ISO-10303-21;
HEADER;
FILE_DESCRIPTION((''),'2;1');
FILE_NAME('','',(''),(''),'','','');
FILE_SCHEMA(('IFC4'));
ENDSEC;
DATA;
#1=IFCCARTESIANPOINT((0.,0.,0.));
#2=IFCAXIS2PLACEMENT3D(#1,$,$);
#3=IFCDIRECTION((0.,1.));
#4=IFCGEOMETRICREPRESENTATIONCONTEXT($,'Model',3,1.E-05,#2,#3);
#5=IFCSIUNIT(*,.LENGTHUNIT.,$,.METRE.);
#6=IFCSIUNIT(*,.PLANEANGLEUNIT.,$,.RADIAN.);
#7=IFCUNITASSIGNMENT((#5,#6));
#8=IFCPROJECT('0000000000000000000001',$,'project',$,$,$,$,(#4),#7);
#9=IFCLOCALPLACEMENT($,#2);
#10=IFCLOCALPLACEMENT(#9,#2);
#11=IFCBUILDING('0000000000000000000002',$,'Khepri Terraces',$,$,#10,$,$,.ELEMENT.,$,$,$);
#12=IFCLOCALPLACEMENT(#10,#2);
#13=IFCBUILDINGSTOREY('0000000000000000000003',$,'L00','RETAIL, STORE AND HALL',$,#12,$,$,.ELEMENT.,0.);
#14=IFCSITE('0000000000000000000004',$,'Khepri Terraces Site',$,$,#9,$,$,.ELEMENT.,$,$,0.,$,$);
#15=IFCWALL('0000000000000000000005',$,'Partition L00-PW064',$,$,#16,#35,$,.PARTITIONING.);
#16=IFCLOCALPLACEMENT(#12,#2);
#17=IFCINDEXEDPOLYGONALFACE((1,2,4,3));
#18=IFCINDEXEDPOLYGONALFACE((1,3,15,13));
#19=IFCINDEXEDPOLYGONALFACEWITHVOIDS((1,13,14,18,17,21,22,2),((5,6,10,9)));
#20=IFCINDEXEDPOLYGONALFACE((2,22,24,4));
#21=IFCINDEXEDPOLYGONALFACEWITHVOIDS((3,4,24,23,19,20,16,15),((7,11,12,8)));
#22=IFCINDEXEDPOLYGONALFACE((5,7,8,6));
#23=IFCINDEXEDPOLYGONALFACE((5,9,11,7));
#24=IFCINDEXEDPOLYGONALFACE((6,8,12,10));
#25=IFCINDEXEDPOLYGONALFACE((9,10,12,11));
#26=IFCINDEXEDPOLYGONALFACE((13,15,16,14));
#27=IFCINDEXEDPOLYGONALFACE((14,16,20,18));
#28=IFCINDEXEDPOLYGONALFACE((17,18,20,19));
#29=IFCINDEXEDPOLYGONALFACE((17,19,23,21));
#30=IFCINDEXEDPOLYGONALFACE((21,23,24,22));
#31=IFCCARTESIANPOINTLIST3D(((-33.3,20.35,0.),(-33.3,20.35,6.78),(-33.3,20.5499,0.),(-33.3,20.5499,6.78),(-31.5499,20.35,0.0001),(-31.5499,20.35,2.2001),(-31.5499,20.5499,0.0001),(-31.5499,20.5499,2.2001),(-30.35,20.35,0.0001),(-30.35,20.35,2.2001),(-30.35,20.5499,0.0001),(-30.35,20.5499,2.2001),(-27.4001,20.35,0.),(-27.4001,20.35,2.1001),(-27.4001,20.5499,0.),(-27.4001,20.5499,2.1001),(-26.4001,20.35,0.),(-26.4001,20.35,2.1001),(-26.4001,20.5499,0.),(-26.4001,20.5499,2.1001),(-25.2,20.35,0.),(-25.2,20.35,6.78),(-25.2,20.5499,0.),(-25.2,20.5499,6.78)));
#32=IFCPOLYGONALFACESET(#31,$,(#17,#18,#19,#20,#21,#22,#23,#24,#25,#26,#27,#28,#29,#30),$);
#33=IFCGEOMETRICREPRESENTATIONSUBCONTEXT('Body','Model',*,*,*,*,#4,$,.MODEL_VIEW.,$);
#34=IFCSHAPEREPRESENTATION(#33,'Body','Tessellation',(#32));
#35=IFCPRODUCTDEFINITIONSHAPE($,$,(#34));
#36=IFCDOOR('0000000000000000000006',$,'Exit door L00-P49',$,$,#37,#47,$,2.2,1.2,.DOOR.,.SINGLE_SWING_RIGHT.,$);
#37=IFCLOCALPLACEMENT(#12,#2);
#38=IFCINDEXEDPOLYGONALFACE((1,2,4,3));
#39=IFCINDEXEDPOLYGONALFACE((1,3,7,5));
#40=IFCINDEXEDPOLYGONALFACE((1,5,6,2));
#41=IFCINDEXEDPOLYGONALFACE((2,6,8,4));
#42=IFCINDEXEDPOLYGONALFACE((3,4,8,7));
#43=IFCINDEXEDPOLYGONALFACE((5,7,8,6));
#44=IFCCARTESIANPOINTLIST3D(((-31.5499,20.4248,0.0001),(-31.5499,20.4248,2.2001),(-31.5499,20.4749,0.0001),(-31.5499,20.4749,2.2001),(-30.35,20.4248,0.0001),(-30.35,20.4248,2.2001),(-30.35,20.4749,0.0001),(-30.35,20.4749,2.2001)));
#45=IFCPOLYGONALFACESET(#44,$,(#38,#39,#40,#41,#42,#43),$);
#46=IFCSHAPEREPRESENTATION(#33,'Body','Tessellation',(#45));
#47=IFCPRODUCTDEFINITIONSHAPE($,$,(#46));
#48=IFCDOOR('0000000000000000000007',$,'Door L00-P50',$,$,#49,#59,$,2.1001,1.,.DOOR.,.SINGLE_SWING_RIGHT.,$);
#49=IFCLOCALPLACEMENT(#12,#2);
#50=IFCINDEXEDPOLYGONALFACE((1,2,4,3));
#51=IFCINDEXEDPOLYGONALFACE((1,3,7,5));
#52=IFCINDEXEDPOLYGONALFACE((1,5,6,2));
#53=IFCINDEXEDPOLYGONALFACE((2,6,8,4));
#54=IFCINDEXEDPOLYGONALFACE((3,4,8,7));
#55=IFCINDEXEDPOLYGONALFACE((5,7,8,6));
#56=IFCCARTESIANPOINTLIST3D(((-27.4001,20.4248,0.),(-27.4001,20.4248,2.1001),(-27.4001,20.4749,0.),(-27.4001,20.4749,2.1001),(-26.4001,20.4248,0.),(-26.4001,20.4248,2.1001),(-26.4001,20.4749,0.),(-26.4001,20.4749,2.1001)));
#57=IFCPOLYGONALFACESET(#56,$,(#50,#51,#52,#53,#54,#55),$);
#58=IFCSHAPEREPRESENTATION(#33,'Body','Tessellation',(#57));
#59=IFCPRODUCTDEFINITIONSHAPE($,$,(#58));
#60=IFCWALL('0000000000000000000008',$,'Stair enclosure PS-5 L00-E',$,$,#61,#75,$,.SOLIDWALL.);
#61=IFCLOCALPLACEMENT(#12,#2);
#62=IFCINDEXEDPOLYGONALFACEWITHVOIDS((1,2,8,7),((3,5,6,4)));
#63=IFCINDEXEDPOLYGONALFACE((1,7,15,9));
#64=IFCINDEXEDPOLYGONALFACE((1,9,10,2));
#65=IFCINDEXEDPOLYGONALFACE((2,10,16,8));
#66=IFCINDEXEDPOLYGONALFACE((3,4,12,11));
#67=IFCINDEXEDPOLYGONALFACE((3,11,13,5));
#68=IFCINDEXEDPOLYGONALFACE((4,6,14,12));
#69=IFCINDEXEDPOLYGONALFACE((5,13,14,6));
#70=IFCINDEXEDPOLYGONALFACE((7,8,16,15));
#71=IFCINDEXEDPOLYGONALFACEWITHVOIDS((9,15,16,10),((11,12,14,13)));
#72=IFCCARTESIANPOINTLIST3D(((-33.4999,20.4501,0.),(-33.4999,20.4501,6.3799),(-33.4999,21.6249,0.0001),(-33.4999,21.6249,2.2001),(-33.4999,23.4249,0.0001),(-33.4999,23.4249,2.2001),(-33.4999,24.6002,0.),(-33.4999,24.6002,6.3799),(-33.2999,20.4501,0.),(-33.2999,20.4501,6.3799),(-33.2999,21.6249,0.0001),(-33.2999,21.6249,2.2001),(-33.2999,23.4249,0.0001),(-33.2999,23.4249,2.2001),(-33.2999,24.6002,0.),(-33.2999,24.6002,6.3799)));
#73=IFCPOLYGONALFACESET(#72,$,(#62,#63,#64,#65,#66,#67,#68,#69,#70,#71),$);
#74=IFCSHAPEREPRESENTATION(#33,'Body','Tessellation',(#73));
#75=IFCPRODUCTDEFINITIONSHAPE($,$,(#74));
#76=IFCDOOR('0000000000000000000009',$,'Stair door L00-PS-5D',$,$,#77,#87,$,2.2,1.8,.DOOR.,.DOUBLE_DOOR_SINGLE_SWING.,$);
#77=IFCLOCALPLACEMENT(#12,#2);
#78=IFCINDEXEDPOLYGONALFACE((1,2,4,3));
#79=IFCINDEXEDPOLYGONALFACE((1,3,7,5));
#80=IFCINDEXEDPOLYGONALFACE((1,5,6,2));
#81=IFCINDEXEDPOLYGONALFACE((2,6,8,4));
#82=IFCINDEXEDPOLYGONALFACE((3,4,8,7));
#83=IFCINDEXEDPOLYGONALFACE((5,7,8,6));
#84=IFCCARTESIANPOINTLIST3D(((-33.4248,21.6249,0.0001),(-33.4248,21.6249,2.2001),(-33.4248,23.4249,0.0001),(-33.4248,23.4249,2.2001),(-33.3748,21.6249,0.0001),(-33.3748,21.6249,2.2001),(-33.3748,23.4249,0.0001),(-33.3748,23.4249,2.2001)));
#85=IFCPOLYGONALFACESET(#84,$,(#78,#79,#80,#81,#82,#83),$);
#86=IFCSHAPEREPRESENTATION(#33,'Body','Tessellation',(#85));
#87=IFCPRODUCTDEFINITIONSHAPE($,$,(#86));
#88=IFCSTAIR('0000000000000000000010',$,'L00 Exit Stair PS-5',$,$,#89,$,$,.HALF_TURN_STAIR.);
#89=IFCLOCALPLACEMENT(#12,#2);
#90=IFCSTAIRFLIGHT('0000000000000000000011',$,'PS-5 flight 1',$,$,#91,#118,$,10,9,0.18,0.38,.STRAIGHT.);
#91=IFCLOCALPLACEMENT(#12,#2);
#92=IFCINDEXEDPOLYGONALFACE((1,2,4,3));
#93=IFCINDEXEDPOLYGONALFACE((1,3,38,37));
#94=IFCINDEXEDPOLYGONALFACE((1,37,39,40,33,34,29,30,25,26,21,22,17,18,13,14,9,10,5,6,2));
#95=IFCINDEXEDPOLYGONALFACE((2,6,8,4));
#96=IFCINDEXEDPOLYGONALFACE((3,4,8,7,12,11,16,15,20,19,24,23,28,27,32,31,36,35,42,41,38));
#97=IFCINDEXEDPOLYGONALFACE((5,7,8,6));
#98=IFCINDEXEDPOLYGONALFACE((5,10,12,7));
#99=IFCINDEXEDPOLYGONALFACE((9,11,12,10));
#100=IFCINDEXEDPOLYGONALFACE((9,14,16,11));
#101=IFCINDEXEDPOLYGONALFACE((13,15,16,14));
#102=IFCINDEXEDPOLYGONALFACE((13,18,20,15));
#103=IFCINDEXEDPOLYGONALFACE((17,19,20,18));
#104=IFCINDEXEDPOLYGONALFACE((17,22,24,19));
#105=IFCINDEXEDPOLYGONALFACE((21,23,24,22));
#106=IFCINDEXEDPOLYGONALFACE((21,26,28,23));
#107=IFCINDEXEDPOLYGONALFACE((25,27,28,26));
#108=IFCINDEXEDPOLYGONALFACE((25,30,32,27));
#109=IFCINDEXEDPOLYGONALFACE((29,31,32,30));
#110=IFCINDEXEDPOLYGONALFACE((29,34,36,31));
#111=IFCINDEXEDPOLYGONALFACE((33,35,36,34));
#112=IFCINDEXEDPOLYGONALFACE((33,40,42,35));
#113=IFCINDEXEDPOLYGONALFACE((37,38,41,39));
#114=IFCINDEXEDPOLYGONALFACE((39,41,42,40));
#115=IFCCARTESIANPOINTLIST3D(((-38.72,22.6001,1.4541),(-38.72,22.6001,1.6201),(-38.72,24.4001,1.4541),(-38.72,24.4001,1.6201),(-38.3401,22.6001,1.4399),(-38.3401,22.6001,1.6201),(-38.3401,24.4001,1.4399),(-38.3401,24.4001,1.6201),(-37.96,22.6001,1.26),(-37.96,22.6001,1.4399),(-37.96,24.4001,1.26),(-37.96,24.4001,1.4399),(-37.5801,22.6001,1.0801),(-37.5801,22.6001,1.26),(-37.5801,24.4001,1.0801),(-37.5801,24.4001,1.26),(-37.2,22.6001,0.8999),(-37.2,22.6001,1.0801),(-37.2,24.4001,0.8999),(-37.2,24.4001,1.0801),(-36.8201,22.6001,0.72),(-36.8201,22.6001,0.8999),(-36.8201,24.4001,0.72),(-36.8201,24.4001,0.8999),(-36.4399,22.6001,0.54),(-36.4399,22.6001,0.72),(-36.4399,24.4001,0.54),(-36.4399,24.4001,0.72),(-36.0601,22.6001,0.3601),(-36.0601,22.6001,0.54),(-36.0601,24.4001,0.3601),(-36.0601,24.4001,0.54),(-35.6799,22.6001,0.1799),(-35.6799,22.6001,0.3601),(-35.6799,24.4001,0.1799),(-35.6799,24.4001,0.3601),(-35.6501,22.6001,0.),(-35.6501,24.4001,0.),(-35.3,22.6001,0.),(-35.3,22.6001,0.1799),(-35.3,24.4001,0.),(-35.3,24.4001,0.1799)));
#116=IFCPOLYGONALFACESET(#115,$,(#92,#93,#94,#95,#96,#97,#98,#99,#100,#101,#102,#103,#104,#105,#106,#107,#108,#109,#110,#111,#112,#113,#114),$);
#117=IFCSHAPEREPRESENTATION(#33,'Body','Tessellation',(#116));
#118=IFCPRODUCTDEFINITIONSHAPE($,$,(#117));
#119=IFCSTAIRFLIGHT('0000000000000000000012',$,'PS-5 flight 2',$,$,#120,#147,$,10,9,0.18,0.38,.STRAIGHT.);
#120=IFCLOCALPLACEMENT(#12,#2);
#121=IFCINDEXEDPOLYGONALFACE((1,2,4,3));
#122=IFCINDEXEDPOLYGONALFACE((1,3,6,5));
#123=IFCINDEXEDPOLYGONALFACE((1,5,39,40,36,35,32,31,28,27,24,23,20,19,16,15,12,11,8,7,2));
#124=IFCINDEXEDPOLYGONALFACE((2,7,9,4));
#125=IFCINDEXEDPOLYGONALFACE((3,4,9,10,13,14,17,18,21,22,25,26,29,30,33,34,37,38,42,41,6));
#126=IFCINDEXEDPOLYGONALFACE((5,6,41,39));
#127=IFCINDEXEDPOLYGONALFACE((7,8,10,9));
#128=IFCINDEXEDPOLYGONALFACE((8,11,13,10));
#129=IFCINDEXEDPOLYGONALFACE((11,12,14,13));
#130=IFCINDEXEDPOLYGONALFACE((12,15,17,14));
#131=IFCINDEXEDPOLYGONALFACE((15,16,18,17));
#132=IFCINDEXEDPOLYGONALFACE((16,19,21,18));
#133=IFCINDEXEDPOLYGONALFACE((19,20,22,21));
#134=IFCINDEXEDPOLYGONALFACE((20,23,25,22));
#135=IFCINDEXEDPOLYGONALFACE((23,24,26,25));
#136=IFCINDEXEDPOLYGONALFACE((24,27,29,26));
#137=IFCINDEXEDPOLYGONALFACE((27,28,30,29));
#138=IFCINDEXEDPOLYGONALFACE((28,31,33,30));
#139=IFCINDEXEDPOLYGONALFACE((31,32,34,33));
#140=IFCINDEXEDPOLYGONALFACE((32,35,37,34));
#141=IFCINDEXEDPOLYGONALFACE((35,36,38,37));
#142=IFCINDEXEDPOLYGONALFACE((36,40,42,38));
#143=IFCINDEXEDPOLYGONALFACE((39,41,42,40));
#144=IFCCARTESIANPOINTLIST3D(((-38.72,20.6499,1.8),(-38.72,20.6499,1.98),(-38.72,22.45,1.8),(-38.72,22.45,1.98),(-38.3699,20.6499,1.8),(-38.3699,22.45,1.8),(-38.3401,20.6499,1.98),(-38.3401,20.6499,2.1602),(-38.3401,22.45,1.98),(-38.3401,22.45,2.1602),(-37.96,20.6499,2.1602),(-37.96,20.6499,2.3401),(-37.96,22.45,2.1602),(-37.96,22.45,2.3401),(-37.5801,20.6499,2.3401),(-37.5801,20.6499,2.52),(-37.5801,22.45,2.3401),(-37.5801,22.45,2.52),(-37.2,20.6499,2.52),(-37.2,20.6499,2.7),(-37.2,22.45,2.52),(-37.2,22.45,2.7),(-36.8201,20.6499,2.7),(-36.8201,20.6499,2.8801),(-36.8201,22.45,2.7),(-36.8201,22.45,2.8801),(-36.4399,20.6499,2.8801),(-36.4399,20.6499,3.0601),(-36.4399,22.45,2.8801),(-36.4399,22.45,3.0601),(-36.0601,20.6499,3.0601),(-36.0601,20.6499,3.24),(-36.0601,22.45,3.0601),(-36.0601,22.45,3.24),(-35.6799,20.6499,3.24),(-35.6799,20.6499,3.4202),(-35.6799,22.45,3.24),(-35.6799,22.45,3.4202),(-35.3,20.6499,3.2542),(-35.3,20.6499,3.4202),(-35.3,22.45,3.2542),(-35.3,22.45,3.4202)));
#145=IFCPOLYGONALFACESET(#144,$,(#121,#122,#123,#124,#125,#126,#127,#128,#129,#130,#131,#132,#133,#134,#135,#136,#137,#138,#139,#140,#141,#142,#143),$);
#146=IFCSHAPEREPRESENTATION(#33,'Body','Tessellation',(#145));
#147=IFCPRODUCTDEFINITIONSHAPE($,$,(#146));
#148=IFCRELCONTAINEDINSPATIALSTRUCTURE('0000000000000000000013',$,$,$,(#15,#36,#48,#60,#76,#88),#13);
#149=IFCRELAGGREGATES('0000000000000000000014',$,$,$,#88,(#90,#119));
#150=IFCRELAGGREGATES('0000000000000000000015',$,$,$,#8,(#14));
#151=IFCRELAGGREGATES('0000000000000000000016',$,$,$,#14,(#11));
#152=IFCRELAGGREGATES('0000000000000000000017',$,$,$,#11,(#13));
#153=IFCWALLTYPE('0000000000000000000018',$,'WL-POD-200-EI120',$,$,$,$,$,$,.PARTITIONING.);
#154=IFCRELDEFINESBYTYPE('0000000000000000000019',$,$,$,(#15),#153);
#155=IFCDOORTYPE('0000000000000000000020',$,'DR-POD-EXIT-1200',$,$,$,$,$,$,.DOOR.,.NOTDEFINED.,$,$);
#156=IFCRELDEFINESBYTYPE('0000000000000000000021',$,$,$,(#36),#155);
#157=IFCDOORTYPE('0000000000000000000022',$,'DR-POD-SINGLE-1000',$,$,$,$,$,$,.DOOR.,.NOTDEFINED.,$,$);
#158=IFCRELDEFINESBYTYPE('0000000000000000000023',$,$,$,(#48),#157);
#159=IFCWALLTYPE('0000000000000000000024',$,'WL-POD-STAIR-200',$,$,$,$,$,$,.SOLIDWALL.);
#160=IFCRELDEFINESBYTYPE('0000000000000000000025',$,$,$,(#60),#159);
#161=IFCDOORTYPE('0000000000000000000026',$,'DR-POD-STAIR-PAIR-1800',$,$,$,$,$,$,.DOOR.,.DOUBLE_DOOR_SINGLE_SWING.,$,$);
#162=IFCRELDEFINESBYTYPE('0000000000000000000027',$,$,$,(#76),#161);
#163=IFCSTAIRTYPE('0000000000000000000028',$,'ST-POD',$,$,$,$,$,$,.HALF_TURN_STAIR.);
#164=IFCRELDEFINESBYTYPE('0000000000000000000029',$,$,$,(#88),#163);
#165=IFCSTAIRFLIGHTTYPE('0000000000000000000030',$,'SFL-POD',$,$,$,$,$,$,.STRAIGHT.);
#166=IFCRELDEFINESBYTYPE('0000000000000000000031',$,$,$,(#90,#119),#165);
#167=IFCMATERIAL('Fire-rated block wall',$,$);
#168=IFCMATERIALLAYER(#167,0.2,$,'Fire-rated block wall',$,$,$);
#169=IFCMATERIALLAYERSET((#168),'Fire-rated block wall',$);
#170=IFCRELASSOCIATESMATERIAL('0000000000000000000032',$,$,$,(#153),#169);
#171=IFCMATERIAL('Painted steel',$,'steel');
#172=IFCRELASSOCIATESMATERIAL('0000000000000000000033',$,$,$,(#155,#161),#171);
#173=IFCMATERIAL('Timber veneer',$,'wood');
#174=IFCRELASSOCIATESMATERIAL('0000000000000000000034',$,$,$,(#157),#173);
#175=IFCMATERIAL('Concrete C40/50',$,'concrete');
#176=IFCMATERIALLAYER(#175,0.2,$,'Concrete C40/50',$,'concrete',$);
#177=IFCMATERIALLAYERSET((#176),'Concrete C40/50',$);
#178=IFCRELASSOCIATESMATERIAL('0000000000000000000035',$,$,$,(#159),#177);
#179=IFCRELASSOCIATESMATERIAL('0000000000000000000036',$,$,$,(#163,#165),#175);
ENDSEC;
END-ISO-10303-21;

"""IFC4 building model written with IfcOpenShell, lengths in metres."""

from ifc_helpers import new_model, si_unit, direction, frame, frame_2d, origin, place, context, subcontext, project, spatial, polyline, rectangle, outline, extrude, material, layer, layer_set, type_object, element, fill, aggregate, save


model = new_model("IFC4")

# Units and contexts
model_context = context("Model", 3, precision=1e-05, world=origin(), true_north=direction((0.0, 1.0)))
body_context = subcontext(model_context, "Body", "Model", "MODEL_VIEW")
ifc_project = project(units=[si_unit("LENGTHUNIT", "METRE"), si_unit("PLANEANGLEUNIT", "RADIAN")], contexts=[model_context])

# Site, building, storey
site_placement = place(None, origin())
site = spatial("IfcSite", under=ifc_project, at=site_placement, Name="Khepri Terraces Site", CompositionType="ELEMENT", RefElevation=0.0)
building_placement = place(site_placement, origin())
building = spatial("IfcBuilding", under=site, at=building_placement, Name="Khepri Terraces", CompositionType="ELEMENT")
storey_placement = place(building_placement, origin())
storey = spatial("IfcBuildingStorey", under=building, at=storey_placement, Name="L00", Description="RETAIL, STORE AND HALL", CompositionType="ELEMENT", Elevation=0.0)

# Shared definitions
ifc_material_1 = material(Name="Fire-rated block wall")
ifc_layer_1 = layer(ifc_material_1, 0.2, Name="Fire-rated block wall")
ifc_layer_set_1 = layer_set([ifc_layer_1], Name="Fire-rated block wall")
wall_type_1 = type_object("IfcWallType", Name="WL-POD-200-EI120", PredefinedType="PARTITIONING", material=ifc_layer_set_1)

# Wall, openings, doors
wall_1_placement = place(storey_placement, frame((-33.3, 20.45, 0.0), z_axis=(0.0, 0.0, 1.0), x_axis=(1.0, 0.0, 0.0)))
wall_1 = element("IfcWall", 1, at=wall_1_placement, inside=storey, type_object=wall_type_1, Name="Partition L00-PW064", PredefinedType="PARTITIONING", context=body_context, shape_type="SweptSolid", body=[
    extrude(rectangle(XDim=8.1001, YDim=0.2, at=frame_2d((4.05, 0.0))), origin(), (0.0, 0.0, 1.0), 6.78),
])
opening_1_placement = place(wall_1_placement, frame((1.75, 0.0, 0.0)))
opening_1 = element("IfcOpeningElement", 2, at=opening_1_placement, cuts=wall_1, PredefinedType="OPENING", context=body_context, shape_type="SweptSolid", body=[
    extrude(rectangle(XDim=1.2, YDim=2.2, at=frame_2d((0.6001, 1.1001))), frame((0.0, 0.1099, 0.0), z_axis=(0.0, -1.0, 0.0), x_axis=(1.0, 0.0, 0.0)), (0.0, 0.0, 1.0), 0.22),
])
opening_2_placement = place(wall_1_placement, frame((5.8999, 0.0, 0.0)))
opening_2 = element("IfcOpeningElement", 3, at=opening_2_placement, cuts=wall_1, PredefinedType="OPENING", context=body_context, shape_type="SweptSolid", body=[
    extrude(rectangle(XDim=1.0, YDim=2.1001, at=frame_2d((0.5, 1.05))), frame((0.0, 0.1099, 0.0), z_axis=(0.0, -1.0, 0.0), x_axis=(1.0, 0.0, 0.0)), (0.0, 0.0, 1.0), 0.22),
])
ifc_material_2 = material(Name="Painted steel", Category="steel")
door_type_1 = type_object("IfcDoorType", Name="DR-POD-EXIT-1200", OperationType="NOTDEFINED", PredefinedType="DOOR", material=ifc_material_2)
door_1_placement = place(opening_1_placement, origin())
door_1 = element("IfcDoor", 4, at=door_1_placement, inside=storey, type_object=door_type_1, Name="Exit door L00-P49", OperationType="SINGLE_SWING_RIGHT", OverallHeight=2.2, OverallWidth=1.2, PredefinedType="DOOR", context=body_context, shape_type="SweptSolid", body=[
    extrude(rectangle(XDim=1.2, YDim=2.2, at=frame_2d((0.6001, 1.1001))), frame((0.0, 0.0249, 0.0), z_axis=(0.0, -1.0, 0.0), x_axis=(1.0, 0.0, 0.0)), (0.0, 0.0, 1.0), 0.05),
])
fill(opening_1, door_1)
ifc_material_3 = material(Name="Timber veneer", Category="wood")
door_type_2 = type_object("IfcDoorType", Name="DR-POD-SINGLE-1000", OperationType="NOTDEFINED", PredefinedType="DOOR", material=ifc_material_3)
door_2_placement = place(opening_2_placement, origin())
door_2 = element("IfcDoor", 5, at=door_2_placement, inside=storey, type_object=door_type_2, Name="Door L00-P50", OperationType="SINGLE_SWING_RIGHT", OverallHeight=2.1001, OverallWidth=1.0, PredefinedType="DOOR", context=body_context, shape_type="SweptSolid", body=[
    extrude(rectangle(XDim=1.0, YDim=2.1001, at=frame_2d((0.5, 1.05))), frame((0.0, 0.0249, 0.0), z_axis=(0.0, -1.0, 0.0), x_axis=(1.0, 0.0, 0.0)), (0.0, 0.0, 1.0), 0.05),
])
fill(opening_2, door_2)

# Wall, opening, door
ifc_material_4 = material(Name="Concrete C40/50", Category="concrete")
ifc_layer_2 = layer(ifc_material_4, 0.2, Name="Concrete C40/50", Category="concrete")
ifc_layer_set_2 = layer_set([ifc_layer_2], Name="Concrete C40/50")
wall_type_2 = type_object("IfcWallType", Name="WL-POD-STAIR-200", PredefinedType="SOLIDWALL", material=ifc_layer_set_2)
wall_2_placement = place(storey_placement, frame((-33.3999, 20.45, 0.0), z_axis=(0.0, 0.0, 1.0), x_axis=(0.0, 1.0, 0.0)))
wall_2 = element("IfcWall", 6, at=wall_2_placement, inside=storey, type_object=wall_type_2, Name="Stair enclosure PS-5 L00-E", PredefinedType="SOLIDWALL", context=body_context, shape_type="SweptSolid", body=[
    extrude(rectangle(XDim=4.1501, YDim=0.2, at=frame_2d((2.0752, 0.0))), origin(), (0.0, 0.0, 1.0), 6.3799),
])
opening_3_placement = place(wall_2_placement, frame((1.175, 0.0, 0.0)))
opening_3 = element("IfcOpeningElement", 7, at=opening_3_placement, cuts=wall_2, PredefinedType="OPENING", context=body_context, shape_type="SweptSolid", body=[
    extrude(rectangle(XDim=1.8, YDim=2.2, at=frame_2d((0.8999, 1.1001))), frame((0.0, 0.1099, 0.0), z_axis=(0.0, -1.0, 0.0), x_axis=(1.0, 0.0, 0.0)), (0.0, 0.0, 1.0), 0.22),
])
door_type_3 = type_object("IfcDoorType", Name="DR-POD-STAIR-PAIR-1800", OperationType="DOUBLE_DOOR_SINGLE_SWING", PredefinedType="DOOR", material=ifc_material_2)
door_3_placement = place(opening_3_placement, origin())
door_3 = element("IfcDoor", 8, at=door_3_placement, inside=storey, type_object=door_type_3, Name="Stair door L00-PS-5D", OperationType="DOUBLE_DOOR_SINGLE_SWING", OverallHeight=2.2, OverallWidth=1.8, PredefinedType="DOOR", context=body_context, shape_type="SweptSolid", body=[
    extrude(rectangle(XDim=1.8, YDim=2.2, at=frame_2d((0.8999, 1.1001))), frame((0.0, 0.0249, 0.0), z_axis=(0.0, -1.0, 0.0), x_axis=(1.0, 0.0, 0.0)), (0.0, 0.0, 1.0), 0.05),
])
fill(opening_3, door_3)

# Stair, stair flights
stair_type = type_object("IfcStairType", Name="ST-POD", PredefinedType="HALF_TURN_STAIR", material=ifc_material_4)
stair_placement = place(storey_placement, origin())
stair = element("IfcStair", 9, at=stair_placement, inside=storey, type_object=stair_type, Name="L00 Exit Stair PS-5", PredefinedType="HALF_TURN_STAIR")
stair_flight_type = type_object("IfcStairFlightType", Name="SFL-POD", PredefinedType="STRAIGHT", material=ifc_material_4)
stair_flight_1_placement = place(storey_placement, frame((-35.3, 23.5, 0.0), z_axis=(0.0, 0.0, 1.0), x_axis=(-1.0, 0.0, 0.0)))
stair_flight_1 = element("IfcStairFlight", 10, at=stair_flight_1_placement, type_object=stair_flight_type, Name="PS-5 flight 1", NumberOfRisers=10, NumberOfTreads=9, PredefinedType="STRAIGHT", RiserHeight=0.18, TreadLength=0.38, context=body_context, shape_type="SweptSolid", body=[
    extrude(outline(polyline([(0.0, 0.0), (0.0, 0.1799), (0.3799, 0.1799), (0.3799, 0.3601), (0.76, 0.3601), (0.76, 0.54), (1.1399, 0.54), (1.1399, 0.72), (1.52, 0.72), (1.52, 0.8999), (1.8999, 0.8999), (1.8999, 1.0801), (2.28, 1.0801), (2.28, 1.26), (2.6599, 1.26), (2.6599, 1.4399), (3.04, 1.4399), (3.04, 1.6201), (3.4199, 1.6201), (3.4199, 1.8), (3.4199, 1.4541), (0.3501, 0.0), (0.0, 0.0)])), frame((0.0, 0.8999, 0.0), z_axis=(0.0, -1.0, 0.0), x_axis=(1.0, 0.0, 0.0)), (0.0, 0.0, 1.0), 1.8),
])
stair_flight_2_placement = place(storey_placement, frame((-38.72, 21.55, 1.8), z_axis=(0.0, 0.0, 1.0), x_axis=(1.0, 0.0, 0.0)))
stair_flight_2 = element("IfcStairFlight", 11, at=stair_flight_2_placement, type_object=stair_flight_type, Name="PS-5 flight 2", NumberOfRisers=10, NumberOfTreads=9, PredefinedType="STRAIGHT", RiserHeight=0.18, TreadLength=0.38, context=body_context, shape_type="SweptSolid", body=[
    extrude(outline(polyline([(0.0, 0.0), (0.0, 0.1799), (0.3799, 0.1799), (0.3799, 0.3601), (0.76, 0.3601), (0.76, 0.54), (1.1399, 0.54), (1.1399, 0.72), (1.52, 0.72), (1.52, 0.8999), (1.8999, 0.8999), (1.8999, 1.0801), (2.28, 1.0801), (2.28, 1.26), (2.6599, 1.26), (2.6599, 1.4399), (3.04, 1.4399), (3.04, 1.6201), (3.4199, 1.6201), (3.4199, 1.8), (3.4199, 1.4541), (0.3501, 0.0), (0.0, 0.0)])), frame((0.0, 0.8999, 0.0), z_axis=(0.0, -1.0, 0.0), x_axis=(1.0, 0.0, 0.0)), (0.0, 0.0, 1.0), 1.8),
])
aggregate(stair, [stair_flight_1, stair_flight_2])

save(model, "model.ifc")
